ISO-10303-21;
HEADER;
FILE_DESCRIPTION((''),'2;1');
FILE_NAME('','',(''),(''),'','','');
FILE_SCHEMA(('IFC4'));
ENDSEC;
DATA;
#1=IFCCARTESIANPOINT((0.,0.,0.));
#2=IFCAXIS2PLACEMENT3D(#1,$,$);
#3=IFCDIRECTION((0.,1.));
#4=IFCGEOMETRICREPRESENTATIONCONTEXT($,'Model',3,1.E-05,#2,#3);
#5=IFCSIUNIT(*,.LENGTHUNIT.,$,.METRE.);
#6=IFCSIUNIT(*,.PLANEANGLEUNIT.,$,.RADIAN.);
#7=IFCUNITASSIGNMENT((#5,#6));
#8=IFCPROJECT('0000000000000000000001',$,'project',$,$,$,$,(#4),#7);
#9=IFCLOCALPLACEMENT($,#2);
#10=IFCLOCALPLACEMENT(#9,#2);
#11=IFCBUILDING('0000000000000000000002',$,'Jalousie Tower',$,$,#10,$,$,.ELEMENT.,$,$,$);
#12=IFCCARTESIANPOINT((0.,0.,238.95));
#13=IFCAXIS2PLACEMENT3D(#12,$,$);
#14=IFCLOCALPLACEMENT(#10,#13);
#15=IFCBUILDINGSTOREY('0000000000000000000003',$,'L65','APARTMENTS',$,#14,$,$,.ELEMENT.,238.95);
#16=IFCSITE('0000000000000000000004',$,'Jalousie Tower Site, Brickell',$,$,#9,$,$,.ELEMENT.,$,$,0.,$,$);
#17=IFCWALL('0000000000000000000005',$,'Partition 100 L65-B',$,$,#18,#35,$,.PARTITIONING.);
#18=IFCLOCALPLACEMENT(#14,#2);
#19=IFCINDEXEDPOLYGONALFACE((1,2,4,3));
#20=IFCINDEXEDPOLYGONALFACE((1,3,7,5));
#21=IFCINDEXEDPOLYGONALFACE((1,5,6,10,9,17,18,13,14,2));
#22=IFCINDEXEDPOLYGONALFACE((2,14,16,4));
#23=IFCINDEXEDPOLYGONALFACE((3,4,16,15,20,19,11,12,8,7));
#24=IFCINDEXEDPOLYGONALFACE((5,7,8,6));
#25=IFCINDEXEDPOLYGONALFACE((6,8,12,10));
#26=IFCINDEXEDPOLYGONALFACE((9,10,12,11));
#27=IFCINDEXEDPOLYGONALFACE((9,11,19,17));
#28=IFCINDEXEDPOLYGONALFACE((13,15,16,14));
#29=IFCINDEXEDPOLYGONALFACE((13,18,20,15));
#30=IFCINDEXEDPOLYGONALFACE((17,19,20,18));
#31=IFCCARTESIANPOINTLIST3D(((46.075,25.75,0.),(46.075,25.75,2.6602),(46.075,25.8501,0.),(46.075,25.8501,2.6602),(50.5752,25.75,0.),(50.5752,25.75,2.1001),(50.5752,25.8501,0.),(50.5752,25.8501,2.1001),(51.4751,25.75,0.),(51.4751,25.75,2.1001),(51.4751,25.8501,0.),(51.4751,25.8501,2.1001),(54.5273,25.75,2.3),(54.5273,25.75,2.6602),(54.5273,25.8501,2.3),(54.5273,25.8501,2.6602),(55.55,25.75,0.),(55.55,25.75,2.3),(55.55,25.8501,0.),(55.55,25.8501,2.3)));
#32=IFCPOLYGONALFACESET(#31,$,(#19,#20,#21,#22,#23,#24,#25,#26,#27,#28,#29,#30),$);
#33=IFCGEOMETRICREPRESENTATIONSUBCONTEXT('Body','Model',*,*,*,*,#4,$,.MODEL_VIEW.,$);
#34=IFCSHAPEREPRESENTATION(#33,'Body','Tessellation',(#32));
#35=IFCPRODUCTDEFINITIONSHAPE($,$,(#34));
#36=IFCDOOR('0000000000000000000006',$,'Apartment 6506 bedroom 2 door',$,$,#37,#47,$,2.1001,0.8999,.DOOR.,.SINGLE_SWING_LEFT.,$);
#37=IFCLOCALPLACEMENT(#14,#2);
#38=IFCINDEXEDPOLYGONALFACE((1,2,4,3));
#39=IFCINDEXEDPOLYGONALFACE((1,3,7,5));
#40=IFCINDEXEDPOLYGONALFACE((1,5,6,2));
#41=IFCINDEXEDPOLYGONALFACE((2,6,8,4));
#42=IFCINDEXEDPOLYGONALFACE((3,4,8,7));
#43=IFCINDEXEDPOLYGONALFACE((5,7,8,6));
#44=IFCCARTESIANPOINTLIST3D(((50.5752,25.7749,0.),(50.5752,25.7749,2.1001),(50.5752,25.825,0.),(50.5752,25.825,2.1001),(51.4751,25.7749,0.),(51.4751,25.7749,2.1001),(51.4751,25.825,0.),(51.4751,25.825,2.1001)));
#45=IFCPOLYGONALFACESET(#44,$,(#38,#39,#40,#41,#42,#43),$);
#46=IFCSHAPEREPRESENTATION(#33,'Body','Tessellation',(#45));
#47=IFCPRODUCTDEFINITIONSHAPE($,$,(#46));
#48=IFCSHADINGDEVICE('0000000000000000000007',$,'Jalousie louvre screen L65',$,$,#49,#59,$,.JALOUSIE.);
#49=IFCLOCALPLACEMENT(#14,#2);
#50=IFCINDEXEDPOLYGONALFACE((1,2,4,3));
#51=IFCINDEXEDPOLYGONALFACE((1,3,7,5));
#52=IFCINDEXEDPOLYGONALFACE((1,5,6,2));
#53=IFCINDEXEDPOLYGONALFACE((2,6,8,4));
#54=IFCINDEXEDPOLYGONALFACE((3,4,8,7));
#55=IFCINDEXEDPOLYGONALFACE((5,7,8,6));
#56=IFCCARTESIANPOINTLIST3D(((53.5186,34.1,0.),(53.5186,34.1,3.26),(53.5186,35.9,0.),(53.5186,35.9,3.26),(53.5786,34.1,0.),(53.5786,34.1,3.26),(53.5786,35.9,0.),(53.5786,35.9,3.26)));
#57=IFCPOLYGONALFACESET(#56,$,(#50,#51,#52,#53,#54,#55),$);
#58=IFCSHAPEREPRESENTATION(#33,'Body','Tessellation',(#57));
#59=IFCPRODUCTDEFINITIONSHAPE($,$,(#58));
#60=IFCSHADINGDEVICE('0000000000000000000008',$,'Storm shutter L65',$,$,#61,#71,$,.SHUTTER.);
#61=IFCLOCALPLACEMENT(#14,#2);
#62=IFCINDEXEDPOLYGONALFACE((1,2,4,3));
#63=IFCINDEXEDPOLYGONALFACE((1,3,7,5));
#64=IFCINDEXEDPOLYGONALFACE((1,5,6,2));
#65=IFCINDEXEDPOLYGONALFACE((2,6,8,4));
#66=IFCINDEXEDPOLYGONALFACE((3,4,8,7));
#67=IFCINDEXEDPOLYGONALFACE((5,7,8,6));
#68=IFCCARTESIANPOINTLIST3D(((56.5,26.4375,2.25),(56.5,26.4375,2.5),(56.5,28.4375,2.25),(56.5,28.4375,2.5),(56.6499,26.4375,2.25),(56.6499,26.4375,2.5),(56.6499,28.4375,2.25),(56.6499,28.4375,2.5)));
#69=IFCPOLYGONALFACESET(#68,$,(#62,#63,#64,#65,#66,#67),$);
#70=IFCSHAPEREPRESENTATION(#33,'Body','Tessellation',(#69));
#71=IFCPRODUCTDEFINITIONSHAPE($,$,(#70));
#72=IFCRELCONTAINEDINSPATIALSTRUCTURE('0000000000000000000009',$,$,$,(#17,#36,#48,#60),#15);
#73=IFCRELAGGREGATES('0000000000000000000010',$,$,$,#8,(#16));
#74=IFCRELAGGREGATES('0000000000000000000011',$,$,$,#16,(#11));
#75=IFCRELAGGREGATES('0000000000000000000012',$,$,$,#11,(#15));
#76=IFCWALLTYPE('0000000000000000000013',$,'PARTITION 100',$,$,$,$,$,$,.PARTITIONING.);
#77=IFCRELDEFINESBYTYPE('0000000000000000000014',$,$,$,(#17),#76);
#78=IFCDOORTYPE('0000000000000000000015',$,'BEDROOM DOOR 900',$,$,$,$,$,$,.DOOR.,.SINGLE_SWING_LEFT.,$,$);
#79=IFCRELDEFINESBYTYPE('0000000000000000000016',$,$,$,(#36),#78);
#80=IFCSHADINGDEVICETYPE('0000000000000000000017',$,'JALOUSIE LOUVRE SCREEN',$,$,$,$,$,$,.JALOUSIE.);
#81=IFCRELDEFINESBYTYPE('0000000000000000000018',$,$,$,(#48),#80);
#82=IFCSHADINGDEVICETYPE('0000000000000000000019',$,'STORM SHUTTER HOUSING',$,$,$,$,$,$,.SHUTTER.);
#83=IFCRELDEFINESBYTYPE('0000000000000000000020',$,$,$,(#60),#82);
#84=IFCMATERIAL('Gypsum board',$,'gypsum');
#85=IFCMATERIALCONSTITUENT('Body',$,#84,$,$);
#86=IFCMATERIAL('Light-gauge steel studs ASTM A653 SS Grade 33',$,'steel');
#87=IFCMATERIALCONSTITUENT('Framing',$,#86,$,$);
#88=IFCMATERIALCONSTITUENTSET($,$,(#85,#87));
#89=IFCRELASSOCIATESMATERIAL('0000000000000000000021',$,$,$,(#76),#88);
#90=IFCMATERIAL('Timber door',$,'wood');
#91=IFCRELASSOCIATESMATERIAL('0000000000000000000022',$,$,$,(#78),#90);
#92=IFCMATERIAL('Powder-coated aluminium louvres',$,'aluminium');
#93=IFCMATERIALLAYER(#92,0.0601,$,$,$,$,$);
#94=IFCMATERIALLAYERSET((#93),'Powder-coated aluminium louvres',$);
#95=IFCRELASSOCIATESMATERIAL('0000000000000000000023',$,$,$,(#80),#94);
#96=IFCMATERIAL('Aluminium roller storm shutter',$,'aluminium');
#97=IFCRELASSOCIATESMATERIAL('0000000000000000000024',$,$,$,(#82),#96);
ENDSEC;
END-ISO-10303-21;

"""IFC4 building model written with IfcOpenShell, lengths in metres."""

from ifc_helpers import new_model, si_unit, direction, frame, frame_2d, origin, origin_2d, place, context, subcontext, project, spatial, polyline, rectangle, outline, extrude, material, layer, layer_set, constituent, constituent_set, type_object, element, fill, save


model = new_model("IFC4")

# Units and contexts
model_context = context("Model", 3, precision=1e-05, world=origin(), true_north=direction((0.0, 1.0)))
body_context = subcontext(model_context, "Body", "Model", "MODEL_VIEW")
ifc_project = project(units=[si_unit("LENGTHUNIT", "METRE"), si_unit("PLANEANGLEUNIT", "RADIAN")], contexts=[model_context])

# Site, building, storey
site_placement = place(None, origin())
site = spatial("IfcSite", under=ifc_project, at=site_placement, Name="Jalousie Tower Site, Brickell", CompositionType="ELEMENT", RefElevation=0.0)
building_placement = place(site_placement, origin())
building = spatial("IfcBuilding", under=site, at=building_placement, Name="Jalousie Tower", CompositionType="ELEMENT")
storey_placement = place(building_placement, frame((0.0, 0.0, 238.95)))
storey = spatial("IfcBuildingStorey", under=building, at=storey_placement, Name="L65", Description="APARTMENTS", CompositionType="ELEMENT", Elevation=238.95)

# Shared definitions
ifc_material_1 = material(Name="Gypsum board", Category="gypsum")
ifc_constituent_1 = constituent(ifc_material_1, Name="Body")
ifc_material_2 = material(Name="Light-gauge steel studs ASTM A653 SS Grade 33", Category="steel")
ifc_constituent_2 = constituent(ifc_material_2, Name="Framing")
ifc_constituent_set_1 = constituent_set(constituents=[ifc_constituent_1, ifc_constituent_2])
wall_type_1 = type_object("IfcWallType", Name="PARTITION 100", PredefinedType="PARTITIONING", material=ifc_constituent_set_1)

# Wall, opening, door
wall_1_placement = place(storey_placement, frame((55.55, 25.8, 0.0), z_axis=(0.0, 0.0, 1.0), x_axis=(-1.0, 0.0, 0.0)))
wall_1 = element("IfcWall", 1, at=wall_1_placement, inside=storey, type_object=wall_type_1, Name="Partition 100 L65-B", PredefinedType="PARTITIONING", context=body_context, shape_type="SweptSolid", body=[
    extrude(outline(polyline([(0.0, 0.0), (9.4751, 0.0), (9.4751, 2.6602), (1.0227, 2.6602), (1.0227, 2.3), (0.0, 2.3), (0.0, 0.0)])), frame((0.0, 0.05, 0.0), z_axis=(0.0, -1.0, 0.0), x_axis=(1.0, 0.0, 0.0)), (0.0, 0.0, 1.0), 0.1001),
])
opening_1_placement = place(wall_1_placement, frame((4.075, 0.0, 0.0)))
opening_1 = element("IfcOpeningElement", 2, at=opening_1_placement, cuts=wall_1, PredefinedType="OPENING", context=body_context, shape_type="SweptSolid", body=[
    extrude(rectangle(XDim=0.8999, YDim=2.1001, at=frame_2d((0.45, 1.05))), frame((0.0, 0.0601, 0.0), z_axis=(0.0, -1.0, 0.0), x_axis=(1.0, 0.0, 0.0)), (0.0, 0.0, 1.0), 0.1201),
])
ifc_material_3 = material(Name="Timber door", Category="wood")
door_type_1 = type_object("IfcDoorType", Name="BEDROOM DOOR 900", OperationType="SINGLE_SWING_LEFT", PredefinedType="DOOR", material=ifc_material_3)
door_1_placement = place(opening_1_placement, frame((0.8999, 0.0, 0.0), z_axis=(0.0, 0.0, 1.0), x_axis=(-1.0, 0.0, 0.0)))
door_1 = element("IfcDoor", 3, at=door_1_placement, inside=storey, type_object=door_type_1, Name="Apartment 6506 bedroom 2 door", OperationType="SINGLE_SWING_LEFT", OverallHeight=2.1001, OverallWidth=0.8999, PredefinedType="DOOR", context=body_context, shape_type="SweptSolid", body=[
    extrude(rectangle(XDim=0.8999, YDim=2.1001, at=frame_2d((0.45, 1.05))), frame((0.0, 0.0249, 0.0), z_axis=(0.0, -1.0, 0.0), x_axis=(1.0, 0.0, 0.0)), (0.0, 0.0, 1.0), 0.05),
])
fill(opening_1, door_1)

# Shading devices
ifc_material_4 = material(Name="Powder-coated aluminium louvres", Category="aluminium")
ifc_layer_1 = layer(ifc_material_4, 0.0601)
ifc_layer_set_1 = layer_set([ifc_layer_1], Name="Powder-coated aluminium louvres")
shading_device_type_1 = type_object("IfcShadingDeviceType", Name="JALOUSIE LOUVRE SCREEN", PredefinedType="JALOUSIE", material=ifc_layer_set_1)
shading_device_1_placement = place(storey_placement, frame((53.5486, 35.0, 0.0), z_axis=(0.0, 0.0, 1.0), x_axis=(-1.0, 0.0, 0.0)))
element("IfcShadingDevice", 4, at=shading_device_1_placement, inside=storey, type_object=shading_device_type_1, Name="Jalousie louvre screen L65", PredefinedType="JALOUSIE", context=body_context, shape_type="SweptSolid", body=[
    extrude(rectangle(XDim=0.0601, YDim=1.8, at=origin_2d()), origin(), (0.0, 0.0, 1.0), 3.26),
])
ifc_material_5 = material(Name="Aluminium roller storm shutter", Category="aluminium")
shading_device_type_2 = type_object("IfcShadingDeviceType", Name="STORM SHUTTER HOUSING", PredefinedType="SHUTTER", material=ifc_material_5)
shading_device_2_placement = place(storey_placement, frame((56.575, 27.4375, 2.25), z_axis=(0.0, 0.0, 1.0), x_axis=(0.0, 1.0, 0.0)))
element("IfcShadingDevice", 5, at=shading_device_2_placement, inside=storey, type_object=shading_device_type_2, Name="Storm shutter L65", PredefinedType="SHUTTER", context=body_context, shape_type="SweptSolid", body=[
    extrude(rectangle(XDim=2.0, YDim=0.1499, at=origin_2d()), origin(), (0.0, 0.0, 1.0), 0.25),
])

save(model, "model.ifc")
